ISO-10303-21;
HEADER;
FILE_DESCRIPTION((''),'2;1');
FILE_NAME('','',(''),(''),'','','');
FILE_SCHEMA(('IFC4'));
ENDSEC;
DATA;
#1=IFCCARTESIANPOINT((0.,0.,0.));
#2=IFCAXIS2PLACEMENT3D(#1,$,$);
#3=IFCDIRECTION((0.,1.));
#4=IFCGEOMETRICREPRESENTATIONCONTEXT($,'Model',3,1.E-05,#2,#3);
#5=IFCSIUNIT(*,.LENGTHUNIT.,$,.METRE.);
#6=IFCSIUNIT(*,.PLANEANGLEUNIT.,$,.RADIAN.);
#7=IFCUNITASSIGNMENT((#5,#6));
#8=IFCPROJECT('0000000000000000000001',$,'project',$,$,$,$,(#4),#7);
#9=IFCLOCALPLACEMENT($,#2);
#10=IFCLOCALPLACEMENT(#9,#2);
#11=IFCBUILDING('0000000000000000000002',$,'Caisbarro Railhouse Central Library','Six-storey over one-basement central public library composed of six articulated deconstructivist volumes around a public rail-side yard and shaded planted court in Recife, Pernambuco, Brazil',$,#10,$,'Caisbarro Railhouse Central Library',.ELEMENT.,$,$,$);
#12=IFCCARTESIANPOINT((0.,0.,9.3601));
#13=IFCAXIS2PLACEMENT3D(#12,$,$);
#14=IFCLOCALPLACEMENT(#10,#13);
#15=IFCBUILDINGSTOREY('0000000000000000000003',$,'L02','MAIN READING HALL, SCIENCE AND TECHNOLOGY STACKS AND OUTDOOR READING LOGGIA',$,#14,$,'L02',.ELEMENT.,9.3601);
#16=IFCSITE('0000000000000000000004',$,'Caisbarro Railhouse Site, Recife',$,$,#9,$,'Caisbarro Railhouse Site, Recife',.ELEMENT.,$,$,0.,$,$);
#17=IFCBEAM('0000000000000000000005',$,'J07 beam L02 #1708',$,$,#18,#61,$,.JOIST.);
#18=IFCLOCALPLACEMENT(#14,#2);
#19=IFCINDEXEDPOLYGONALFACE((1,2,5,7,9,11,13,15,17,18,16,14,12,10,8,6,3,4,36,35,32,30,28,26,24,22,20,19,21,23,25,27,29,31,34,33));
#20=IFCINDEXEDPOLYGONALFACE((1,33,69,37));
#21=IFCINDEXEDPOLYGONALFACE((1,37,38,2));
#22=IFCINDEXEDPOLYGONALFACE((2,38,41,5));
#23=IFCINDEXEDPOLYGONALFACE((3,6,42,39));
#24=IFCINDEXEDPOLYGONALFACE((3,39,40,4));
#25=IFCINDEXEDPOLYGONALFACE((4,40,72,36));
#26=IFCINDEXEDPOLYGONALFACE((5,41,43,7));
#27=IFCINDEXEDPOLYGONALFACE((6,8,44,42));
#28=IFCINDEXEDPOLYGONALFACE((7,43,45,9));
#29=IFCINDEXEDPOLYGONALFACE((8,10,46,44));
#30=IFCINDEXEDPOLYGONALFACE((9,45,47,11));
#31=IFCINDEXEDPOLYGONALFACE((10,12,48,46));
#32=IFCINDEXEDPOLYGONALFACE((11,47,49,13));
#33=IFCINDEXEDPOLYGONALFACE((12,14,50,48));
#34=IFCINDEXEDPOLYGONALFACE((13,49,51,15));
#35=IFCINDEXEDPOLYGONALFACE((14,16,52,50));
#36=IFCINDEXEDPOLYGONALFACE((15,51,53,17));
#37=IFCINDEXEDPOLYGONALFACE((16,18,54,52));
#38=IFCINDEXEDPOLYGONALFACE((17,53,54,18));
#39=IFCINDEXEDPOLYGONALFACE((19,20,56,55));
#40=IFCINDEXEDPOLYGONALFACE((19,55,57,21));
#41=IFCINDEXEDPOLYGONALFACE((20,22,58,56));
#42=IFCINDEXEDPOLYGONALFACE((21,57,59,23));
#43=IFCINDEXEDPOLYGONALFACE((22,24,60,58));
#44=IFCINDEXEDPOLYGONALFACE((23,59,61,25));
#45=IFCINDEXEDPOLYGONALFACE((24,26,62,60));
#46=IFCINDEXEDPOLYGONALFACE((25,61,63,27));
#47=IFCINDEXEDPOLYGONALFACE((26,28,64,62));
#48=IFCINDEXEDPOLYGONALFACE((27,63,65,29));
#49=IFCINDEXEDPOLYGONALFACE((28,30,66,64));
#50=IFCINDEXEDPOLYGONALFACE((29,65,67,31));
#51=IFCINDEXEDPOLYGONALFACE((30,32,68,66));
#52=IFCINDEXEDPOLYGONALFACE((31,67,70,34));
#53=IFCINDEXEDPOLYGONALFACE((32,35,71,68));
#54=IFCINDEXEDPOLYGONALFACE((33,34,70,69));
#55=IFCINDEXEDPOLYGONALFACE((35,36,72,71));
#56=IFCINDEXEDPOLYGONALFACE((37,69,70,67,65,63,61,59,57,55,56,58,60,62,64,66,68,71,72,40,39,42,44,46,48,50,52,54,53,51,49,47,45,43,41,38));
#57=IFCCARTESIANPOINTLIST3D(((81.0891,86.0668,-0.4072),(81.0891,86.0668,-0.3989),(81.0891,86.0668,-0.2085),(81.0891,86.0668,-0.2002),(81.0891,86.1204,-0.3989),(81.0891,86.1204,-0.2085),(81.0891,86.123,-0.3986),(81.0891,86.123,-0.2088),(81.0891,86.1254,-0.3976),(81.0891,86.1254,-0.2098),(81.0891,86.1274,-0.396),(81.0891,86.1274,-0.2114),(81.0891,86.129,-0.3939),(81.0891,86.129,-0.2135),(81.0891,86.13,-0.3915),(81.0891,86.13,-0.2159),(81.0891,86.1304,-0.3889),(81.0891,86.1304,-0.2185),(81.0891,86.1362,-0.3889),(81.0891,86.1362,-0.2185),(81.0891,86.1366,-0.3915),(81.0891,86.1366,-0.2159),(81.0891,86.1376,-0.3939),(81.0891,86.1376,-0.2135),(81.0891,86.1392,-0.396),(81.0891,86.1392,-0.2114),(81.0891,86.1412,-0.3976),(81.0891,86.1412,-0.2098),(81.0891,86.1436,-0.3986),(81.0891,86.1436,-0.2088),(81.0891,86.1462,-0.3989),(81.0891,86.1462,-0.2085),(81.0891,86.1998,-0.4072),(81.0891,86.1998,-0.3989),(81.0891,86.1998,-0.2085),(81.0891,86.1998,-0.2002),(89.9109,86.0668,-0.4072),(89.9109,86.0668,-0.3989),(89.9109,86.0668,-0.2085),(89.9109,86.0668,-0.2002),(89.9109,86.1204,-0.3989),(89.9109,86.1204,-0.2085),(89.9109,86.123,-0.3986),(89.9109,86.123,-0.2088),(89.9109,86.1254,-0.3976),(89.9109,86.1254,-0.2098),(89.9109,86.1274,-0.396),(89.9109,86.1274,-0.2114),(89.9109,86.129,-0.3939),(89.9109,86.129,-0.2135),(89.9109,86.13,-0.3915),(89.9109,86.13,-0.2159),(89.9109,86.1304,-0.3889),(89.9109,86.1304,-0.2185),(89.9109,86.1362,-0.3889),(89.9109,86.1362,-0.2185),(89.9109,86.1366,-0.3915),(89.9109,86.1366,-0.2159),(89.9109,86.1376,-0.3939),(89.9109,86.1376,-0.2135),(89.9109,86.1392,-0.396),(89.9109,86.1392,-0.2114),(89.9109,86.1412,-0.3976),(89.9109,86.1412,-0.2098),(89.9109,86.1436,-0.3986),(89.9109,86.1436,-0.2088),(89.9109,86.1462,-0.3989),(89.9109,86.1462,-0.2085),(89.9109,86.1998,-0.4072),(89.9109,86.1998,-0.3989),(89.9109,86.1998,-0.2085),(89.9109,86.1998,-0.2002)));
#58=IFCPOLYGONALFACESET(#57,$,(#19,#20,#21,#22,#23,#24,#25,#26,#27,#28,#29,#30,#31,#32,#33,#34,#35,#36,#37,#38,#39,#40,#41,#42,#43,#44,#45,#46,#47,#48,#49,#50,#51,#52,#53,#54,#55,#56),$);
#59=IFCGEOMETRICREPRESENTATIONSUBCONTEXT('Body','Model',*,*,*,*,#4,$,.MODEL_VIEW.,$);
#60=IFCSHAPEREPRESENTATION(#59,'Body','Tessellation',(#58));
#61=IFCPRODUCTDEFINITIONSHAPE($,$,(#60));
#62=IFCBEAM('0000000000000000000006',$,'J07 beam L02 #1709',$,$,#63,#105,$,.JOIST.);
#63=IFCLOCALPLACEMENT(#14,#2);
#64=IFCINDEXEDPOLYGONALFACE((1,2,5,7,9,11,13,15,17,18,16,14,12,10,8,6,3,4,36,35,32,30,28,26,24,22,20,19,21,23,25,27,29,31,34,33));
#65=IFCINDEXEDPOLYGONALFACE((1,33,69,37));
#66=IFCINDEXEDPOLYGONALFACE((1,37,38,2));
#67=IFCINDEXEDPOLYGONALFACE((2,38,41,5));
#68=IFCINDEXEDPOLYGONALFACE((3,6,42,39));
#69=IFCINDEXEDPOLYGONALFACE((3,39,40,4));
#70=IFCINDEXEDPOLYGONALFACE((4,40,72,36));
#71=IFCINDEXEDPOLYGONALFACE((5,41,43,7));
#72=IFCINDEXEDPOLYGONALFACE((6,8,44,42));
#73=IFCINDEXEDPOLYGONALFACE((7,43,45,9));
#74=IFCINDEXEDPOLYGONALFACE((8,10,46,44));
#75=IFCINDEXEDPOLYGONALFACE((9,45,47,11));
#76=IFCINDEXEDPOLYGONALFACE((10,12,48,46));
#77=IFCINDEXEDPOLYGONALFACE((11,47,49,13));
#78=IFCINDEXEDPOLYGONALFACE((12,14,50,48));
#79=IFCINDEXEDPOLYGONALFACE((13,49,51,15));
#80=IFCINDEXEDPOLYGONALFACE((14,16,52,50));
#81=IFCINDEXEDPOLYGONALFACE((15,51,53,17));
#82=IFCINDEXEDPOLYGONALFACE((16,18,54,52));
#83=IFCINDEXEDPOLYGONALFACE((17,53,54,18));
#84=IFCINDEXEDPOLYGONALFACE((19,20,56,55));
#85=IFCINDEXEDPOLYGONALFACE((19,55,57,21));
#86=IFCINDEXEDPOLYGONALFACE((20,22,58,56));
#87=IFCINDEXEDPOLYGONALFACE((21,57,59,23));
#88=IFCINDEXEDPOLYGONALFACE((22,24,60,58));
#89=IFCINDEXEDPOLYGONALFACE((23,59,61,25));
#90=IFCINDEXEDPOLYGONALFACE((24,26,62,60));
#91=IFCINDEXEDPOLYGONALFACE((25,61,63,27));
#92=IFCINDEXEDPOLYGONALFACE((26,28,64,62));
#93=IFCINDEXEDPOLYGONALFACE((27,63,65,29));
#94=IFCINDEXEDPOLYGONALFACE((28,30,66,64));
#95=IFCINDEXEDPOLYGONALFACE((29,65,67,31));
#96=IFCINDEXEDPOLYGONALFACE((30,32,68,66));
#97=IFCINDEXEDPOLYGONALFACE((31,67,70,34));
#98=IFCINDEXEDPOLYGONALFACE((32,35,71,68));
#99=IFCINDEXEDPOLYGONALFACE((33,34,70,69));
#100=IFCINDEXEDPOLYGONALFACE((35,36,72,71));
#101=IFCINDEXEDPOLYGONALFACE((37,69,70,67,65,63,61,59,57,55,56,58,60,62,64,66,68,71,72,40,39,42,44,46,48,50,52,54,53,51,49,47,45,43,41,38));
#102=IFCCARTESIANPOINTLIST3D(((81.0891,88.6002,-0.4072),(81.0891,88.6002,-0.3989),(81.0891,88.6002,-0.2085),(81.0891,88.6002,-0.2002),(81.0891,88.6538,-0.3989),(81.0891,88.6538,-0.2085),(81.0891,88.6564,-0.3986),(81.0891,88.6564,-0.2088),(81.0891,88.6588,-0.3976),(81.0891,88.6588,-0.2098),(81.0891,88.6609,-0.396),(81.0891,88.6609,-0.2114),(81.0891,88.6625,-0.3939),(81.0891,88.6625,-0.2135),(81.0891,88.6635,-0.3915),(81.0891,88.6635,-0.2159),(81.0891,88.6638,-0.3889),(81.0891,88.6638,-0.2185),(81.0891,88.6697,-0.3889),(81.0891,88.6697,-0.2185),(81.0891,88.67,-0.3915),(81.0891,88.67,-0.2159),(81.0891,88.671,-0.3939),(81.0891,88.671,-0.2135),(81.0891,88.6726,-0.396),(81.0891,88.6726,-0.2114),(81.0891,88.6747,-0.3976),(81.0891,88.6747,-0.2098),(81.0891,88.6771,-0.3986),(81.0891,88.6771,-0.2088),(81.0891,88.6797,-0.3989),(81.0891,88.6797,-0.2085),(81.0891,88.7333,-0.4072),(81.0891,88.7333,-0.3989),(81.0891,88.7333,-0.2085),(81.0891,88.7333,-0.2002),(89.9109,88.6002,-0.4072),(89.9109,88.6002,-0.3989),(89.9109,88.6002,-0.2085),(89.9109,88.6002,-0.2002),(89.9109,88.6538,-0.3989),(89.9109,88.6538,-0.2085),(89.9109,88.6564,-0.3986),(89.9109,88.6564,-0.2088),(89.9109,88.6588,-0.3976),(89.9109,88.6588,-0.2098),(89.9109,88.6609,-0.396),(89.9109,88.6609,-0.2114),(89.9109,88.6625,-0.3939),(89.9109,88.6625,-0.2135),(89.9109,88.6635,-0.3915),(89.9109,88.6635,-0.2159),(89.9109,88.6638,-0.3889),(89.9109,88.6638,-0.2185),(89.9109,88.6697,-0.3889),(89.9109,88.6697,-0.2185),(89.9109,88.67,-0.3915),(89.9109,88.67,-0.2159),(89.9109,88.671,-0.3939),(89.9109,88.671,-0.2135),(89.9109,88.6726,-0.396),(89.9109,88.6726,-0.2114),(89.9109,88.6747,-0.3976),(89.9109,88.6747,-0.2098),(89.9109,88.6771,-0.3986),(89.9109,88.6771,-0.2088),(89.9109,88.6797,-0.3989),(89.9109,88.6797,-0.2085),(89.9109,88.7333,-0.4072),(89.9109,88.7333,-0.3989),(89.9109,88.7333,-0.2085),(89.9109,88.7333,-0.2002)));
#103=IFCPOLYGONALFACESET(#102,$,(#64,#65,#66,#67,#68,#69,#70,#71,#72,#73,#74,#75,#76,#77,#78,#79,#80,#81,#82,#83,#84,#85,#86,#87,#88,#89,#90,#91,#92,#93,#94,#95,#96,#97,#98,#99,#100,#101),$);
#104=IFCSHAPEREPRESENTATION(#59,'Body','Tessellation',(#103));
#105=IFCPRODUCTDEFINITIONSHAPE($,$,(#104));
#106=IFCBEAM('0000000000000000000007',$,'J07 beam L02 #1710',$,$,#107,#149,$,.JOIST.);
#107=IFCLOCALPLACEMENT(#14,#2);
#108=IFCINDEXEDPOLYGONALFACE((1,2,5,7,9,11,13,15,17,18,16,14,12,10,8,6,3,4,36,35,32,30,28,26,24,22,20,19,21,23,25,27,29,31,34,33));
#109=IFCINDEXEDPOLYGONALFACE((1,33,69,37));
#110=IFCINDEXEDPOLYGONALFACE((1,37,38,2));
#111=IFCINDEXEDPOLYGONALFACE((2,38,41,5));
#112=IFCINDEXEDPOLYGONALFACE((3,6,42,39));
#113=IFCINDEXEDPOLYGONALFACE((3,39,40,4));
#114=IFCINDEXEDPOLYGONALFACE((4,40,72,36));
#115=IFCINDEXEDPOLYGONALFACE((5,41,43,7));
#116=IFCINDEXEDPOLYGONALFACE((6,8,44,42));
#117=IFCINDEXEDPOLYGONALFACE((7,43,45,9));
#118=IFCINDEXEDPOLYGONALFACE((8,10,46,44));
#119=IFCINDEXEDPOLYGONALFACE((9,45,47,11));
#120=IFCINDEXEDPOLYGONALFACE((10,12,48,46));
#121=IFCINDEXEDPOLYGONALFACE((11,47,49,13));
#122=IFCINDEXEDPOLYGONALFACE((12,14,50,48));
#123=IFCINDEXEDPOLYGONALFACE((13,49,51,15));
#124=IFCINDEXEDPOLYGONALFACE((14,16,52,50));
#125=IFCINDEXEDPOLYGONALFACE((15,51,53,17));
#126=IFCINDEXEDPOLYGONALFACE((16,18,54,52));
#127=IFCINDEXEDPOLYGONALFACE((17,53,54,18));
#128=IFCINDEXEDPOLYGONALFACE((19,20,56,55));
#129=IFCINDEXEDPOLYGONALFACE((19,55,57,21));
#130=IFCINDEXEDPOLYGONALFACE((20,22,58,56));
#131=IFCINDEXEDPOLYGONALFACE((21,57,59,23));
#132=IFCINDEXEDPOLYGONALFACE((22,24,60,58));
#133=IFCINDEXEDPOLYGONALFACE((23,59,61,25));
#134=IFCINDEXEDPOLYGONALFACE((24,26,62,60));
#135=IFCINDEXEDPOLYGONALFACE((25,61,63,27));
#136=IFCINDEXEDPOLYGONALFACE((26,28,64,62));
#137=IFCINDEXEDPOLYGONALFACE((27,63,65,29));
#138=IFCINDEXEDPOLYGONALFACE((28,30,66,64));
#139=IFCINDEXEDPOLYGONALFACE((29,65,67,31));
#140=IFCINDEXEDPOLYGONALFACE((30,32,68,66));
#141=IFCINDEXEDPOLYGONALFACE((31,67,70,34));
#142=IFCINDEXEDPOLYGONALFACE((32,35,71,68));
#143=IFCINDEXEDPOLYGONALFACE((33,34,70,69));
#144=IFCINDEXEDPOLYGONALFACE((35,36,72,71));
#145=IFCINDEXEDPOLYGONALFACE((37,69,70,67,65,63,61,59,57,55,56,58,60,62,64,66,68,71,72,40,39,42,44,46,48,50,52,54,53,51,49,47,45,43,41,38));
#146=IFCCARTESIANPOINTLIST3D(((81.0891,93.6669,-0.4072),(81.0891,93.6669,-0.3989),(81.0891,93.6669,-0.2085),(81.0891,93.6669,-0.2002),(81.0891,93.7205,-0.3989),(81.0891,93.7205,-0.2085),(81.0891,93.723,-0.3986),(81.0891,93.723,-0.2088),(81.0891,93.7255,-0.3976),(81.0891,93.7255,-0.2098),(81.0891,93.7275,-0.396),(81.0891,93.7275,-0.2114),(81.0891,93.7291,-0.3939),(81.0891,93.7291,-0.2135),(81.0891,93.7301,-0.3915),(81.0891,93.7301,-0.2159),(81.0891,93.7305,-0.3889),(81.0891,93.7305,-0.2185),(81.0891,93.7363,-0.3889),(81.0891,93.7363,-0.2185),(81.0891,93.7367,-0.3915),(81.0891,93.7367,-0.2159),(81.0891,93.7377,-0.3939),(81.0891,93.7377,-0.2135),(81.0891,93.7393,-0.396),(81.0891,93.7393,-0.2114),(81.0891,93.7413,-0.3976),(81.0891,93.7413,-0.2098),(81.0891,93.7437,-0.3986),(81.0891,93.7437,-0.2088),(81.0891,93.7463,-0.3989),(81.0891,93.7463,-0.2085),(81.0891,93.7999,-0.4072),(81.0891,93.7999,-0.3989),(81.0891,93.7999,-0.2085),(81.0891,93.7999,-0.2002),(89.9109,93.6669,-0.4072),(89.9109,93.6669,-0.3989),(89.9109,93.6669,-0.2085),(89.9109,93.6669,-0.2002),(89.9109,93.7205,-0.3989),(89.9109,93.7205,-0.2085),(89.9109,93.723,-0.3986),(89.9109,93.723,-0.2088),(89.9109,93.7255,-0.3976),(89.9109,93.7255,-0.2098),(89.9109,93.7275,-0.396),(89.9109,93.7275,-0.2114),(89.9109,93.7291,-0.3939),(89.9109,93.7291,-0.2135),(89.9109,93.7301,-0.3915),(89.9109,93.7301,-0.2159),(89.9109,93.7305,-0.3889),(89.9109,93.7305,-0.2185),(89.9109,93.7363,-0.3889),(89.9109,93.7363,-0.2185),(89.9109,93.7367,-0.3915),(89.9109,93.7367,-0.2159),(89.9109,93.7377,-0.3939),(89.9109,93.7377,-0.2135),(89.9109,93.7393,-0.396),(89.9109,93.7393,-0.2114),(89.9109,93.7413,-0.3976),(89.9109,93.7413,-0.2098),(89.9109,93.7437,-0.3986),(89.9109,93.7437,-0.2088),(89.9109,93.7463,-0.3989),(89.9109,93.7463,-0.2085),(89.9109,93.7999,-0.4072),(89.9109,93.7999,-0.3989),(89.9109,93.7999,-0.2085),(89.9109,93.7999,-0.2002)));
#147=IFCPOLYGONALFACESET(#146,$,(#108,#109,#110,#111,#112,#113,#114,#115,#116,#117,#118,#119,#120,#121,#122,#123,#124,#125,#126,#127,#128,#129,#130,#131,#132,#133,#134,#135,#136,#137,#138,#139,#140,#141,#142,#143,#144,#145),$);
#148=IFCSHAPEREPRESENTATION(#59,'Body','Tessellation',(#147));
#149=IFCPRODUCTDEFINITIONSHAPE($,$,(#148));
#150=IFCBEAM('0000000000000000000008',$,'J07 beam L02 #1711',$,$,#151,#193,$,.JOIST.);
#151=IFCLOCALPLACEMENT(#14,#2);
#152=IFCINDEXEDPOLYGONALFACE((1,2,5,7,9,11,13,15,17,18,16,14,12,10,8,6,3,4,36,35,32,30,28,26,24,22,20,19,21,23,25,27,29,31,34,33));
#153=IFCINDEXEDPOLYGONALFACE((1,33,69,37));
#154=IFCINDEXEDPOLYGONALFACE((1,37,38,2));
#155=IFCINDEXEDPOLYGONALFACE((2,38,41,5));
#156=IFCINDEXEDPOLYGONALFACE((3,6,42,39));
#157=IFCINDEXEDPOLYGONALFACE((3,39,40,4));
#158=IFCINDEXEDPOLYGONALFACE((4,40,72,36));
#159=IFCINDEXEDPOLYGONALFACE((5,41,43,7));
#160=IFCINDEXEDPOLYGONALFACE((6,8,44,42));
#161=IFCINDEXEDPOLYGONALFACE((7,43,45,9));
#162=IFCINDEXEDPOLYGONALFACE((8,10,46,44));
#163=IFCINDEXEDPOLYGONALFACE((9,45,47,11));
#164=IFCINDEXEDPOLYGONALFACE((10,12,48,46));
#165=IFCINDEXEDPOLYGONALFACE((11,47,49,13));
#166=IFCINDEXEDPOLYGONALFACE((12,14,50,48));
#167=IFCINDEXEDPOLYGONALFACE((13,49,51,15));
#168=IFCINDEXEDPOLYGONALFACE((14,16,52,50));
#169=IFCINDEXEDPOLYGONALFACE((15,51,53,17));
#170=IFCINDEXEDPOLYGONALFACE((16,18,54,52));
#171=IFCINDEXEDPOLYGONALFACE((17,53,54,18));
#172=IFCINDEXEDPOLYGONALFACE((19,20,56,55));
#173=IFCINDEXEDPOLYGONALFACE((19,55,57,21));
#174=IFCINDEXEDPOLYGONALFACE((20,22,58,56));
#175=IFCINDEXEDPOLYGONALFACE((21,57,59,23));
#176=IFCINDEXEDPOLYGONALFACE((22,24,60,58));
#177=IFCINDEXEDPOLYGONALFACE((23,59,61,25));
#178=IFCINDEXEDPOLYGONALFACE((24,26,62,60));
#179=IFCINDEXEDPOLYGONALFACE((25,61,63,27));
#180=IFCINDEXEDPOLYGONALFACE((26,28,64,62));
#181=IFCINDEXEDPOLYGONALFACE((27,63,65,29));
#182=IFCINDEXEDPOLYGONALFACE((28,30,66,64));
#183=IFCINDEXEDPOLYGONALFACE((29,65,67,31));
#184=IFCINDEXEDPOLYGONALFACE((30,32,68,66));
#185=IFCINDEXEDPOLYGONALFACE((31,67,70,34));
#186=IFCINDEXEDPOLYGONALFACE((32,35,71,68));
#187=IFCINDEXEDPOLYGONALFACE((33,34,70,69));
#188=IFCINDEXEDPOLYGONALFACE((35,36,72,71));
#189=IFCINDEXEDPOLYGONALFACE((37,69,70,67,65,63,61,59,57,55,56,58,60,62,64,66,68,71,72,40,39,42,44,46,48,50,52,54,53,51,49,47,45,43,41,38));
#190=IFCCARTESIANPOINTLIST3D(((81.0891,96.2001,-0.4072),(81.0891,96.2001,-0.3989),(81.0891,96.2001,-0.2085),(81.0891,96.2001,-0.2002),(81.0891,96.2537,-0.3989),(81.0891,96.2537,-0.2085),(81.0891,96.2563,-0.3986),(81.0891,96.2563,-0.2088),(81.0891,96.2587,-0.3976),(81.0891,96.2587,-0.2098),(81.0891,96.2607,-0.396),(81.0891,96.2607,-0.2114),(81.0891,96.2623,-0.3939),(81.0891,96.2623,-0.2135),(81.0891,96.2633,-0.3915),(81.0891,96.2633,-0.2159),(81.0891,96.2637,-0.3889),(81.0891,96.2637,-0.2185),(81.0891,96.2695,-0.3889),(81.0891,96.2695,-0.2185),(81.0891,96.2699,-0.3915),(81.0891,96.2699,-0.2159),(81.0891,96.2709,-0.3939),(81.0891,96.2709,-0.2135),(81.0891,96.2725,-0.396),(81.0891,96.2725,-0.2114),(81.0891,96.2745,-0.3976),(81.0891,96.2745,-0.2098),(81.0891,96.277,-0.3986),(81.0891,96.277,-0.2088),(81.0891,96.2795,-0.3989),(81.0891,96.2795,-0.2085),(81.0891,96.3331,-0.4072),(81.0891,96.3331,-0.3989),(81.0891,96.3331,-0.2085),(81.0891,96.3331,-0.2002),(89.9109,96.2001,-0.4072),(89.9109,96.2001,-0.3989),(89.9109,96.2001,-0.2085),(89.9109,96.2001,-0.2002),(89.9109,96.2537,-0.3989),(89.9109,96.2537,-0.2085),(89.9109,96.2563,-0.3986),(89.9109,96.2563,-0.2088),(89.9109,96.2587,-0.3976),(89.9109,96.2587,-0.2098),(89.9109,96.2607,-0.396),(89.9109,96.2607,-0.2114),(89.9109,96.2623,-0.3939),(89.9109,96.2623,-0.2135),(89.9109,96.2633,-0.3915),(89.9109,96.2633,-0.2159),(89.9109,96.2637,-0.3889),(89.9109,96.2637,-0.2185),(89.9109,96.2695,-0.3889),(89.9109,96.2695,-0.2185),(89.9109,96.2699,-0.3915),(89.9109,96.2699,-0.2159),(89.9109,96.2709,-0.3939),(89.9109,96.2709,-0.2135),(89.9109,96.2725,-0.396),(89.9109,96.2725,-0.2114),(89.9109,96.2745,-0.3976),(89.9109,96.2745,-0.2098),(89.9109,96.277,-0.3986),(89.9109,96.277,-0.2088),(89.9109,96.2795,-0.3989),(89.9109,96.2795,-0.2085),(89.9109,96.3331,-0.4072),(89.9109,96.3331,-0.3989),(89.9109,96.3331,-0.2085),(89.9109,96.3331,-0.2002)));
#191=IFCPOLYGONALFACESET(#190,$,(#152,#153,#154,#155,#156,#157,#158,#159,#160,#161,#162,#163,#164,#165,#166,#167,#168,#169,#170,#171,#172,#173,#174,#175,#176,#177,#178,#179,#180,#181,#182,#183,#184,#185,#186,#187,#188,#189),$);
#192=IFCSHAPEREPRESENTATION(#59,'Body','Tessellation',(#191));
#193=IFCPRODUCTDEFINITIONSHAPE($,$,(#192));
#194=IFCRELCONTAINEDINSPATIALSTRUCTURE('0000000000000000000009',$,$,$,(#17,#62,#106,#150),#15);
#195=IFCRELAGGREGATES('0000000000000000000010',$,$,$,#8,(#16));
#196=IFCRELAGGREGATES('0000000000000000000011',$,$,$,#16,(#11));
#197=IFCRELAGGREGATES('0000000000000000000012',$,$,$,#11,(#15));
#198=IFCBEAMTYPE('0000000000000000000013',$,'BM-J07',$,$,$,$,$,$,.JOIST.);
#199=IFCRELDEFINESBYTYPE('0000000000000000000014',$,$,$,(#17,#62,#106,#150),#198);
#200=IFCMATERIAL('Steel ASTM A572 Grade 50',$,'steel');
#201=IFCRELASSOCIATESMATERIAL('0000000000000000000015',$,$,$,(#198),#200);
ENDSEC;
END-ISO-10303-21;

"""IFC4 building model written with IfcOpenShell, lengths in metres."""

from ifc_helpers import new_model, si_unit, direction, frame, origin, origin_2d, place, context, subcontext, project, spatial, i_section, extrude, material, material_profile, profile_set, type_object, element, save


model = new_model("IFC4")

# Units and contexts
model_context = context("Model", 3, precision=1e-05, world=origin(), true_north=direction((0.0, 1.0)))
body_context = subcontext(model_context, "Body", "Model", "MODEL_VIEW")
ifc_project = project(units=[si_unit("LENGTHUNIT", "METRE"), si_unit("PLANEANGLEUNIT", "RADIAN")], contexts=[model_context])

# Site, building, storey
site_placement = place(None, origin())
site = spatial("IfcSite", under=ifc_project, at=site_placement, Name="Caisbarro Railhouse Site, Recife", LongName="Caisbarro Railhouse Site, Recife", CompositionType="ELEMENT", RefElevation=0.0)
building_placement = place(site_placement, origin())
building = spatial("IfcBuilding", under=site, at=building_placement, Name="Caisbarro Railhouse Central Library", Description="Six-storey over one-basement central public library composed of six articulated deconstructivist volumes around a public rail-side yard and shaded planted court in Recife, Pernambuco, Brazil", LongName="Caisbarro Railhouse Central Library", CompositionType="ELEMENT")
storey_placement = place(building_placement, frame((0.0, 0.0, 9.3601)))
storey = spatial("IfcBuildingStorey", under=building, at=storey_placement, Name="L02", Description="MAIN READING HALL, SCIENCE AND TECHNOLOGY STACKS AND OUTDOOR READING LOGGIA", LongName="L02", CompositionType="ELEMENT", Elevation=9.3601)

# Shared definitions
ifc_material_1 = material(Name="Steel ASTM A572 Grade 50", Category="steel")

# Beams
ifc_material_profile_1 = material_profile(ifc_material_1, i_section(OverallWidth=0.1331, OverallDepth=0.207, WebThickness=0.0059, FlangeThickness=0.0083, FilletRadius=0.01, at=origin_2d()), Name="W200X26.6")
ifc_profile_set_1 = profile_set([ifc_material_profile_1], Name="Steel ASTM A572 Grade 50")
beam_type_1 = type_object("IfcBeamType", Name="BM-J07", PredefinedType="JOIST", material=ifc_profile_set_1)
for number, where, z_axis, x_axis, name in (
    (1, (81.0891, 86.1333, -0.3037), (1.0, 0.0, 0.0), (0.0, 1.0, 0.0), "J07 beam L02 #1708"),
    (2, (81.0891, 88.6667, -0.3037), (1.0, 0.0, 0.0), (0.0, 1.0, 0.0), "J07 beam L02 #1709"),
    (3, (81.0891, 93.7334, -0.3037), (1.0, 0.0, 0.0), (0.0, 1.0, 0.0), "J07 beam L02 #1710"),
    (4, (81.0891, 96.2666, -0.3037), (1.0, 0.0, 0.0), (0.0, 1.0, 0.0), "J07 beam L02 #1711"),
):
    element("IfcBeam", number, at=place(storey_placement, frame(where, z_axis=z_axis, x_axis=x_axis)), inside=storey, type_object=beam_type_1, Name=name, PredefinedType="JOIST", context=body_context, shape_type="SweptSolid", body=[
        extrude(i_section(OverallWidth=0.1331, OverallDepth=0.207, WebThickness=0.0059, FlangeThickness=0.0083, FilletRadius=0.01, at=origin_2d()), origin(), (0.0, 0.0, 1.0), 8.8218),
    ])

save(model, "model.ifc")
